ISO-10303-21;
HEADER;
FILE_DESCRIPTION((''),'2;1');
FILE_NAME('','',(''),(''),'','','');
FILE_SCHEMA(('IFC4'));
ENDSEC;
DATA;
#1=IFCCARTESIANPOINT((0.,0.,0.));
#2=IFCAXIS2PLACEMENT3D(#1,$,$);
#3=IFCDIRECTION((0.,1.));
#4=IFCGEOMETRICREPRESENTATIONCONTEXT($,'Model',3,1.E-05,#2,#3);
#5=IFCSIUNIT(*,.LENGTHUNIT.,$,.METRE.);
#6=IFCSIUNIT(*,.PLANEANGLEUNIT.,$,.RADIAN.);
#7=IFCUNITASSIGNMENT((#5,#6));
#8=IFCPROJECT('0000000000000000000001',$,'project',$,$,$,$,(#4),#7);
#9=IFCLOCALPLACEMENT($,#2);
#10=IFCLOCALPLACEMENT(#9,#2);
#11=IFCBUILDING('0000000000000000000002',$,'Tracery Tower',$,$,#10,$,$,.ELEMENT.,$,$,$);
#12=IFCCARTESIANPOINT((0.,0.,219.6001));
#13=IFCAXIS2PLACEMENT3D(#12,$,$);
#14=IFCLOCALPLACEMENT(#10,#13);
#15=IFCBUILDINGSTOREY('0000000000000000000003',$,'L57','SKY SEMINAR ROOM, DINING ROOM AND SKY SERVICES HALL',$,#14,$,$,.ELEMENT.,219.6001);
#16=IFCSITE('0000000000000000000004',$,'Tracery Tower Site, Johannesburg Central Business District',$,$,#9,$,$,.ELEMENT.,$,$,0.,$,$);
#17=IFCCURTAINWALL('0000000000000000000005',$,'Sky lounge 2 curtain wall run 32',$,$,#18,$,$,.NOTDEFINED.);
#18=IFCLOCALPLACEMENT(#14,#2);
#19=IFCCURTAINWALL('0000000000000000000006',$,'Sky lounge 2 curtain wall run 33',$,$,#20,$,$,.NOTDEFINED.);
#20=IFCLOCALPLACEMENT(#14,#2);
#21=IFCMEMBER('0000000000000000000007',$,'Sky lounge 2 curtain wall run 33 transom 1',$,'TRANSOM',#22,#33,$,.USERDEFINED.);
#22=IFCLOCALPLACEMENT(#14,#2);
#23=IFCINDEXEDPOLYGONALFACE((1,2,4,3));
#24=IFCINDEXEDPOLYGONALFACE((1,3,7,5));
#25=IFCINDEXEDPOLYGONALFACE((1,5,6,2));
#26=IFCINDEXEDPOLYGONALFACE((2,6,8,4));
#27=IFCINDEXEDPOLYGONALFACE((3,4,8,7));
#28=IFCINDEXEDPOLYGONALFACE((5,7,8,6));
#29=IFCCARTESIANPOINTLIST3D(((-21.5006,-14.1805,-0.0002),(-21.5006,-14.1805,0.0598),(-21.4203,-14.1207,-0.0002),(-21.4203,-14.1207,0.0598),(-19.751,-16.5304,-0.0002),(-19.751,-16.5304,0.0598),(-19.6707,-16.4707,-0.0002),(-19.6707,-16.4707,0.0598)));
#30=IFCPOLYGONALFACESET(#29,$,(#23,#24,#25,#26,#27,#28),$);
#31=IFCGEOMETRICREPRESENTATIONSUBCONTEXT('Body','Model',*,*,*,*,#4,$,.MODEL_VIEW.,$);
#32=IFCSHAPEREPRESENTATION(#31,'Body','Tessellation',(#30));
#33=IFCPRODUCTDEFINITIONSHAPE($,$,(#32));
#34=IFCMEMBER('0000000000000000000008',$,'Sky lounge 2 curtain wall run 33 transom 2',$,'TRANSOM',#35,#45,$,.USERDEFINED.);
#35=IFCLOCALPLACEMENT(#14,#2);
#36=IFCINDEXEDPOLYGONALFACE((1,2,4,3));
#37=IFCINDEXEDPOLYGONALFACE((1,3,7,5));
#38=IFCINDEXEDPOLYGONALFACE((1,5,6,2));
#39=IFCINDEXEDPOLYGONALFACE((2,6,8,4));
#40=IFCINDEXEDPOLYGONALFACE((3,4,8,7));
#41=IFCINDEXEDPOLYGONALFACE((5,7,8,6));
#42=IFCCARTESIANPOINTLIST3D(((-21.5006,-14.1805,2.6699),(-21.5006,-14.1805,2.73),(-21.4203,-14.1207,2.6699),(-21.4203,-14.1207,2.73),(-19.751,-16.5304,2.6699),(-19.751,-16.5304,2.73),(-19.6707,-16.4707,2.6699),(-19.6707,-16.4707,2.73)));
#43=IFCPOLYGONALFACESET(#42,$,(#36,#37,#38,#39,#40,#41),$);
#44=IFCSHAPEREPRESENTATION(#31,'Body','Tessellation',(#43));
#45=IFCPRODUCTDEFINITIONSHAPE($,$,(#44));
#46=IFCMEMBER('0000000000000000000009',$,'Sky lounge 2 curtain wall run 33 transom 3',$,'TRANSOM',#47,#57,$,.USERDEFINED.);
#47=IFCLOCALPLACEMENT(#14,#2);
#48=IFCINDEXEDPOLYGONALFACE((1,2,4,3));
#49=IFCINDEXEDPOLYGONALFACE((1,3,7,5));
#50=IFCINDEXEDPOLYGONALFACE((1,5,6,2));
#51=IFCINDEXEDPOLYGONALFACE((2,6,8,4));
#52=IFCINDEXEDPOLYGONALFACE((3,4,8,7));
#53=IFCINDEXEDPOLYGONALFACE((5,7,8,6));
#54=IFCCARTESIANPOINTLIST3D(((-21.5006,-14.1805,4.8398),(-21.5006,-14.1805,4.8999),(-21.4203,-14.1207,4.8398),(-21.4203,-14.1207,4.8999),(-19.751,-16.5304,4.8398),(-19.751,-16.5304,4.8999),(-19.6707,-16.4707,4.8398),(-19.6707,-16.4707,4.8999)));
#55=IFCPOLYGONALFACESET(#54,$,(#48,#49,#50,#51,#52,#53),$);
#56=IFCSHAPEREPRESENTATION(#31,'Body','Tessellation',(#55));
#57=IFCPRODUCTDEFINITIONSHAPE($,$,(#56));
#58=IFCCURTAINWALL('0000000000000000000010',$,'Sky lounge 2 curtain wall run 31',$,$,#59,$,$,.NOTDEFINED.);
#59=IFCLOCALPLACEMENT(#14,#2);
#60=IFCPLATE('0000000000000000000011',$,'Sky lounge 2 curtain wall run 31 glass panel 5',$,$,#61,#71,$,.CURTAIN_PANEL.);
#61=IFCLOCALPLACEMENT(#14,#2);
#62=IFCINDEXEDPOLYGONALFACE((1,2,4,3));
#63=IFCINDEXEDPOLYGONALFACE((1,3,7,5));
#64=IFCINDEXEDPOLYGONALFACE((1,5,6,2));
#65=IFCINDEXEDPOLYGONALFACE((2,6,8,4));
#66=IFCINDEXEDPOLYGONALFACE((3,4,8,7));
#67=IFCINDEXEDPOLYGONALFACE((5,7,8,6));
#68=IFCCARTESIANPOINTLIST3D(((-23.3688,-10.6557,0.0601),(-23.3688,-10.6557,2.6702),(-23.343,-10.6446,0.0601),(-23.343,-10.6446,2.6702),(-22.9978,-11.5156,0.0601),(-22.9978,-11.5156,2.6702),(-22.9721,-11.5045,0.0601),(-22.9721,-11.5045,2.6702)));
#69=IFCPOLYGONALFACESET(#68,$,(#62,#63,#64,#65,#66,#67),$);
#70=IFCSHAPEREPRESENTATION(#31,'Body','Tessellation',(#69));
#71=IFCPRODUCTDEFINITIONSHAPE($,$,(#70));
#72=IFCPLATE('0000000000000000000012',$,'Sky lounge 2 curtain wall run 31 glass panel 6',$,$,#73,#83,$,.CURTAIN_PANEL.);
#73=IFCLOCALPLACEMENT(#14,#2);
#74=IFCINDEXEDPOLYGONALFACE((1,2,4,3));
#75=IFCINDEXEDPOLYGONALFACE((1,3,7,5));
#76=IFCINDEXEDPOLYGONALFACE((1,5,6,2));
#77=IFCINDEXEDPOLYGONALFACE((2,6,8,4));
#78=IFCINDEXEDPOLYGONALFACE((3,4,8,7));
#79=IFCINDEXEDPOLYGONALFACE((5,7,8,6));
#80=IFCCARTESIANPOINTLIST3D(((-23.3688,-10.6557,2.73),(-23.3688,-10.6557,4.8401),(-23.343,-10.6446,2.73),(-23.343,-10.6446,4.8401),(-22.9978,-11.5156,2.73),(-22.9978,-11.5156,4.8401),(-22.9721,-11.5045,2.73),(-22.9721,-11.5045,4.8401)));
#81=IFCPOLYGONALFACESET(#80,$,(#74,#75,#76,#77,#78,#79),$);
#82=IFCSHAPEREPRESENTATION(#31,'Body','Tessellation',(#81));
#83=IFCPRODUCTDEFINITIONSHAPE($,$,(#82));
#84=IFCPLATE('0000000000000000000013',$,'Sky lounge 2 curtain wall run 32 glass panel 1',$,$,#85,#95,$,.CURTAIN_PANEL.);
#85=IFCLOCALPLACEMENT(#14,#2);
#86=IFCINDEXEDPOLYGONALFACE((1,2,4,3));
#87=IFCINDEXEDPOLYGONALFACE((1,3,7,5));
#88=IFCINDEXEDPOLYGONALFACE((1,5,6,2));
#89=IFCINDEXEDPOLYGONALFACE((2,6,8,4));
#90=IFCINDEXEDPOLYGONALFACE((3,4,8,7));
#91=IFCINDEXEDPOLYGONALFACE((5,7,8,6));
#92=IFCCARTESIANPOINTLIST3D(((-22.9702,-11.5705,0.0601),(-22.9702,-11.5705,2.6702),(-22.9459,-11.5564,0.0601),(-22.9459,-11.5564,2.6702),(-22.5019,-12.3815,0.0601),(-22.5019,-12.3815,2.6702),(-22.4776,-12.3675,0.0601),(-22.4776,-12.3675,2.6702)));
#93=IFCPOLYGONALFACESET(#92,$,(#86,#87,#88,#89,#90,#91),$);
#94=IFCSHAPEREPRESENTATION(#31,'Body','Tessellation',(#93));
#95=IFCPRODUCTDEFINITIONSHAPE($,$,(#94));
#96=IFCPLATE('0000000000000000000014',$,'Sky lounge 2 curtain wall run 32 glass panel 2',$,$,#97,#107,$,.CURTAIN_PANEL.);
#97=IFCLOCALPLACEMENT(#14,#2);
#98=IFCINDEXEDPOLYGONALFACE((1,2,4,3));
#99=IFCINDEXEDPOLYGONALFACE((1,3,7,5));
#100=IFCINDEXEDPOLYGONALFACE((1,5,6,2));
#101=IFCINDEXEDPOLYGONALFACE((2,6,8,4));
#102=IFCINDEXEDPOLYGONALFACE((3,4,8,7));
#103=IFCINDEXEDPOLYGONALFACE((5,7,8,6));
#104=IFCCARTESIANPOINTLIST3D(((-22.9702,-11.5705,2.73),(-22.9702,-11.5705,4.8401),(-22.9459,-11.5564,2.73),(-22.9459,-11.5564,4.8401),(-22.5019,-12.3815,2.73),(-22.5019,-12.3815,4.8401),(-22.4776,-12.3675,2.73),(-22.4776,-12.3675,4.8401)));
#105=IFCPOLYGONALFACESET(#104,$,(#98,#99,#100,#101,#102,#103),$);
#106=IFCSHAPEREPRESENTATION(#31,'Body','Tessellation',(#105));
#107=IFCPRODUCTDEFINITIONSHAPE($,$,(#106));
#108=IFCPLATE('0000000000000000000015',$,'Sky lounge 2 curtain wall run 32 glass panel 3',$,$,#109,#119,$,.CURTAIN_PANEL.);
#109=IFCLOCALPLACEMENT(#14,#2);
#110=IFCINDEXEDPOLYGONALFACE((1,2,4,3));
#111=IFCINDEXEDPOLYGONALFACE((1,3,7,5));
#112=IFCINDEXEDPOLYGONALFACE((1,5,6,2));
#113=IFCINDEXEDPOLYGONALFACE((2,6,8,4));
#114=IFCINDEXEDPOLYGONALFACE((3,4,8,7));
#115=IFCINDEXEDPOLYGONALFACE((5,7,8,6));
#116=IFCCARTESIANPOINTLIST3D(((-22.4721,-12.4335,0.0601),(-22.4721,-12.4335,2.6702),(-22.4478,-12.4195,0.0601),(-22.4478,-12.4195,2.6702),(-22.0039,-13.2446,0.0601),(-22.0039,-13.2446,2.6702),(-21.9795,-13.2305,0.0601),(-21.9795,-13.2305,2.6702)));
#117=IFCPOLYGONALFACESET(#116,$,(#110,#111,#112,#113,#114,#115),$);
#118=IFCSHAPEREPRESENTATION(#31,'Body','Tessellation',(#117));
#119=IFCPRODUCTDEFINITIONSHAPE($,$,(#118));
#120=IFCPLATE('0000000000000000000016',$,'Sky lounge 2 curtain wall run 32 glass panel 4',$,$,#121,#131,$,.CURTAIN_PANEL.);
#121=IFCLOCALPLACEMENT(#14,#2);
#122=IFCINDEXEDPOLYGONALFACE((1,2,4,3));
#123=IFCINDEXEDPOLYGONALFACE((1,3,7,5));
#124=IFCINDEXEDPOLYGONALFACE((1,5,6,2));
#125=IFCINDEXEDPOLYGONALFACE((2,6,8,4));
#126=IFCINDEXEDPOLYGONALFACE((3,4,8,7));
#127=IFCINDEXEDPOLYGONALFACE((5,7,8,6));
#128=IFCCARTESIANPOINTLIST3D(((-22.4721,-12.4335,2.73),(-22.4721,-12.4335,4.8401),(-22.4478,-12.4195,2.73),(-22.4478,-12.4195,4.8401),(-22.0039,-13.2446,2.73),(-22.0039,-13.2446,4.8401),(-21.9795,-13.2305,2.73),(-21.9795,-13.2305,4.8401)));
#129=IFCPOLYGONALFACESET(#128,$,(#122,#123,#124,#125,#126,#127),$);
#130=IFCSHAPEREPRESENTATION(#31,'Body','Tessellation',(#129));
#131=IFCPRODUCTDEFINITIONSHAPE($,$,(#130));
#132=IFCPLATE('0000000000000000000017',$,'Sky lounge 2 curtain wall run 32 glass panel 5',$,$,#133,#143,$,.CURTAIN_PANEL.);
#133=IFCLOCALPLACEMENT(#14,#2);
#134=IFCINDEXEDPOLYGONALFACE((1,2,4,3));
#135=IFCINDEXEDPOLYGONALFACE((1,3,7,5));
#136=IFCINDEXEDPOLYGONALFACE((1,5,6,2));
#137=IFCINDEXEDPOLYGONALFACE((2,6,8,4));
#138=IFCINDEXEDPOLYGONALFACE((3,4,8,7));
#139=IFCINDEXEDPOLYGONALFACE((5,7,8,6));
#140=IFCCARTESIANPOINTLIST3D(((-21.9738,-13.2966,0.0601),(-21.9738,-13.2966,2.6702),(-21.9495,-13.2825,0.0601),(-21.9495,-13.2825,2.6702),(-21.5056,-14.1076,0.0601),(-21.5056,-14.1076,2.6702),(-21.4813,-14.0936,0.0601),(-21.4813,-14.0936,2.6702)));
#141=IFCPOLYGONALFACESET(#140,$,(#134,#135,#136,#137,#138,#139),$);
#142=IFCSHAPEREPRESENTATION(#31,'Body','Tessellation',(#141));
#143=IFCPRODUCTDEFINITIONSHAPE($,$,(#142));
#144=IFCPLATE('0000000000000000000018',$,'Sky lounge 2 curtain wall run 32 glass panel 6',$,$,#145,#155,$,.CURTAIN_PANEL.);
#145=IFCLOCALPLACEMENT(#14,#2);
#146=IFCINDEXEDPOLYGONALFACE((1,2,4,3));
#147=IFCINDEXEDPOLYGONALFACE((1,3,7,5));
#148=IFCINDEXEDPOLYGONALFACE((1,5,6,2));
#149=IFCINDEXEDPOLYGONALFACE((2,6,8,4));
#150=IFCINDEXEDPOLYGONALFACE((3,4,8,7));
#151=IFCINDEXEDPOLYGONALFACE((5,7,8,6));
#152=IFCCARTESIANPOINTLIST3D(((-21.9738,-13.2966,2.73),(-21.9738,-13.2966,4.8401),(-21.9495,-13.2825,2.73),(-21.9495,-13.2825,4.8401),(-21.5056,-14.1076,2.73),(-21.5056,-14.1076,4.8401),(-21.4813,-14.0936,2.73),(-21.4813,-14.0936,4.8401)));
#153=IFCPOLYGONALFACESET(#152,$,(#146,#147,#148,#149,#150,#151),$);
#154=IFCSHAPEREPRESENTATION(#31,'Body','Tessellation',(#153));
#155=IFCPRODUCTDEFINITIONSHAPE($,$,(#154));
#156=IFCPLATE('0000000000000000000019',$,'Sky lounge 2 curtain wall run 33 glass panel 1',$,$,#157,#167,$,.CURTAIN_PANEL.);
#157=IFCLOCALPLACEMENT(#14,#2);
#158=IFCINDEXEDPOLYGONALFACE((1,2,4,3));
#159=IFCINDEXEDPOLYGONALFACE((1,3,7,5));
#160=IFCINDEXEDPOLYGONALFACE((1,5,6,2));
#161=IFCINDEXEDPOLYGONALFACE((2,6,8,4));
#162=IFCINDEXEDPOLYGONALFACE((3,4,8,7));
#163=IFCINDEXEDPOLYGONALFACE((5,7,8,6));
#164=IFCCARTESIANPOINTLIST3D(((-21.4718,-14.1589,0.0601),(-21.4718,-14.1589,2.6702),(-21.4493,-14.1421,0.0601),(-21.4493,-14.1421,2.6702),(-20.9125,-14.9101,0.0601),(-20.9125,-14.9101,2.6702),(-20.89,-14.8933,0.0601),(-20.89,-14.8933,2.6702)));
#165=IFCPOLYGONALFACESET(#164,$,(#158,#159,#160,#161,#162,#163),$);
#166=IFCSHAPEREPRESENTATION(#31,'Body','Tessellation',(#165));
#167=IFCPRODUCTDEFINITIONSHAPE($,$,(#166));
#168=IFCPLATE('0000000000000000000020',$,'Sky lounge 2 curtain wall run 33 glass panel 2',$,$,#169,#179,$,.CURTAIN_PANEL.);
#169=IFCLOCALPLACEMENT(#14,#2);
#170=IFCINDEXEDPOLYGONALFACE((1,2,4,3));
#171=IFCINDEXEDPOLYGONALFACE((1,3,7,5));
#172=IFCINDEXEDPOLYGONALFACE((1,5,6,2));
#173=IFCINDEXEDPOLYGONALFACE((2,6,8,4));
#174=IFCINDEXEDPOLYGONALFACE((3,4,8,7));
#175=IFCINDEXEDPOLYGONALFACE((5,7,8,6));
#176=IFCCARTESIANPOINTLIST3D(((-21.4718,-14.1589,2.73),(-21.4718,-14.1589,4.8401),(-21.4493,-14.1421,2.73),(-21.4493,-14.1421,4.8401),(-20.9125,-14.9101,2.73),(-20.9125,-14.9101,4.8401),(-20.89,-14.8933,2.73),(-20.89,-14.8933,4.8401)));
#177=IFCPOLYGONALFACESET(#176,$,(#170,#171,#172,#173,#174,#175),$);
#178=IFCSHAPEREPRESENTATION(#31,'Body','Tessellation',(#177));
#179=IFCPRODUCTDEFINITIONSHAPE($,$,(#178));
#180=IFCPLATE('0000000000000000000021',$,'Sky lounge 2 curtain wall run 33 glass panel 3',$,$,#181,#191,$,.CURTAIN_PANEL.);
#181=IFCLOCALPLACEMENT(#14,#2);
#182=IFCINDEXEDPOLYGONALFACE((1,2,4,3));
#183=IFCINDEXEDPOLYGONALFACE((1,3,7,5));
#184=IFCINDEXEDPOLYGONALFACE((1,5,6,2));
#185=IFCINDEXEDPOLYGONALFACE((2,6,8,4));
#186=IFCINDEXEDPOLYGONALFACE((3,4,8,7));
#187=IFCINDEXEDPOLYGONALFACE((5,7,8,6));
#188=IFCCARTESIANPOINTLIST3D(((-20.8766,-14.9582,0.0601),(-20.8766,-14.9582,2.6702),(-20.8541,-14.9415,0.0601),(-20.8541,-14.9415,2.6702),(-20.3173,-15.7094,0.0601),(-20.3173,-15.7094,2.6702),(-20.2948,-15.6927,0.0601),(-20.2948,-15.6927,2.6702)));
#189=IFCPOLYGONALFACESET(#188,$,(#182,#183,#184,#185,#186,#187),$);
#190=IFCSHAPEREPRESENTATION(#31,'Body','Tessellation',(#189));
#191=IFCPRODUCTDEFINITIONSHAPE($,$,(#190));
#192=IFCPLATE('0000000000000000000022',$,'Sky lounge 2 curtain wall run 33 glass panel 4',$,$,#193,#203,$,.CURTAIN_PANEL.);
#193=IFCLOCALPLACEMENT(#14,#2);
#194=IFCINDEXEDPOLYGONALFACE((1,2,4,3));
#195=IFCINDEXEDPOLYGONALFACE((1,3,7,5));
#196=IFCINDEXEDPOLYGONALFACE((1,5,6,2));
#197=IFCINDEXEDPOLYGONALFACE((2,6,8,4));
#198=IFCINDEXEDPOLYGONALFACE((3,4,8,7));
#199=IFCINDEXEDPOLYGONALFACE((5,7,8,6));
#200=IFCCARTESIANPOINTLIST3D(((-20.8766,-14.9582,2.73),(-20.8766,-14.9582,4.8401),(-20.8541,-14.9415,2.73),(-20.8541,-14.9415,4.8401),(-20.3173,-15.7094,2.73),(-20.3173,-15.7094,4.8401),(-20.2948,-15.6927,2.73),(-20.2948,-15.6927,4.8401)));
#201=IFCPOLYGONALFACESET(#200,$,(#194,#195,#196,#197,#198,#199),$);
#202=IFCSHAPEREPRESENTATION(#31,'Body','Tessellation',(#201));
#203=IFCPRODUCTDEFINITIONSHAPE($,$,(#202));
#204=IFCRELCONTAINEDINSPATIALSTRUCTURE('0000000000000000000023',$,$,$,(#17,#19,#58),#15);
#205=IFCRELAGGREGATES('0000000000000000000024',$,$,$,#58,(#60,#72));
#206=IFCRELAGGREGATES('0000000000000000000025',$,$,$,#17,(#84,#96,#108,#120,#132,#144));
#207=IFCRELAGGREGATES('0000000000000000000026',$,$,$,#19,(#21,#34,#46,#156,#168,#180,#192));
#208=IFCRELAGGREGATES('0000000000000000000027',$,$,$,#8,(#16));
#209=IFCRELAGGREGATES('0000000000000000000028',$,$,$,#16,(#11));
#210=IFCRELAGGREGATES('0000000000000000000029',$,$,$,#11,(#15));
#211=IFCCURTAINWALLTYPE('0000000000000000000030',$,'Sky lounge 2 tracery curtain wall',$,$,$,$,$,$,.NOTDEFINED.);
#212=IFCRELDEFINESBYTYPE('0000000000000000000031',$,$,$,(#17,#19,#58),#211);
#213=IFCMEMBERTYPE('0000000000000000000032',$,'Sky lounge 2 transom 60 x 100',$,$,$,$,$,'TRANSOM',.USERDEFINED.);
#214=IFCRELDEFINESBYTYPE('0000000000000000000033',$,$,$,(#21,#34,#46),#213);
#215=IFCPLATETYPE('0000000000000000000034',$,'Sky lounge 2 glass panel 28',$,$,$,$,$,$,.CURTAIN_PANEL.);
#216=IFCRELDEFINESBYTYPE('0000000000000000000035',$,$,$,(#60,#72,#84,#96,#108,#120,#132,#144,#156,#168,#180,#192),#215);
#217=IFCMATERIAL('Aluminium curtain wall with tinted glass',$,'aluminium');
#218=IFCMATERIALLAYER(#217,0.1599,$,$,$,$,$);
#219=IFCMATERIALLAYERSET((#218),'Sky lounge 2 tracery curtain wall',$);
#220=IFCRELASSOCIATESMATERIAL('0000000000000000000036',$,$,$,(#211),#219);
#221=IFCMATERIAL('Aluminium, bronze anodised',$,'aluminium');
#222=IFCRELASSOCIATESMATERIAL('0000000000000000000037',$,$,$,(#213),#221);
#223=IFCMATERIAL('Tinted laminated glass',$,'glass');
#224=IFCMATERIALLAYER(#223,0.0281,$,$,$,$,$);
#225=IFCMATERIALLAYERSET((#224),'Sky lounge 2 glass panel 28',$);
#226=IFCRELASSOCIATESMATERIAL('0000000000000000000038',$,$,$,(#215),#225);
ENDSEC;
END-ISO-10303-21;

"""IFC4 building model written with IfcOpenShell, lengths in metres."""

from ifc_helpers import new_model, si_unit, direction, frame, origin, origin_2d, place, context, subcontext, project, spatial, rectangle, extrude, material, layer, layer_set, material_profile, profile_set, type_object, element, aggregate, save


model = new_model("IFC4")

# Units and contexts
model_context = context("Model", 3, precision=1e-05, world=origin(), true_north=direction((0.0, 1.0)))
body_context = subcontext(model_context, "Body", "Model", "MODEL_VIEW")
ifc_project = project(units=[si_unit("LENGTHUNIT", "METRE"), si_unit("PLANEANGLEUNIT", "RADIAN")], contexts=[model_context])

# Site, building, storey
site_placement = place(None, origin())
site = spatial("IfcSite", under=ifc_project, at=site_placement, Name="Tracery Tower Site, Johannesburg Central Business District", CompositionType="ELEMENT", RefElevation=0.0)
building_placement = place(site_placement, origin())
building = spatial("IfcBuilding", under=site, at=building_placement, Name="Tracery Tower", CompositionType="ELEMENT")
storey_placement = place(building_placement, frame((0.0, 0.0, 219.6001)))
storey = spatial("IfcBuildingStorey", under=building, at=storey_placement, Name="L57", Description="SKY SEMINAR ROOM, DINING ROOM AND SKY SERVICES HALL", CompositionType="ELEMENT", Elevation=219.6001)

# Curtain walls
ifc_material_1 = material(Name="Aluminium curtain wall with tinted glass", Category="aluminium")
ifc_layer_1 = layer(ifc_material_1, 0.1599)
ifc_layer_set_1 = layer_set([ifc_layer_1], Name="Sky lounge 2 tracery curtain wall")
curtain_wall_type = type_object("IfcCurtainWallType", Name="Sky lounge 2 tracery curtain wall", PredefinedType="NOTDEFINED", material=ifc_layer_set_1)
curtain_wall_1_placement = place(storey_placement, origin())
curtain_wall_1 = element("IfcCurtainWall", 1, at=curtain_wall_1_placement, inside=storey, type_object=curtain_wall_type, Name="Sky lounge 2 curtain wall run 32", PredefinedType="NOTDEFINED")
curtain_wall_2_placement = place(storey_placement, origin())
curtain_wall_2 = element("IfcCurtainWall", 2, at=curtain_wall_2_placement, inside=storey, type_object=curtain_wall_type, Name="Sky lounge 2 curtain wall run 33", PredefinedType="NOTDEFINED")

# Members
ifc_material_2 = material(Name="Aluminium, bronze anodised", Category="aluminium")
ifc_material_profile_1 = material_profile(ifc_material_2, rectangle(XDim=0.1001, YDim=0.0601, at=origin_2d()), Name="AL 60x100")
ifc_profile_set_1 = profile_set([ifc_material_profile_1], Name="Aluminium, bronze anodised")
member_type_1 = type_object("IfcMemberType", Name="Sky lounge 2 transom 60 x 100", ElementType="TRANSOM", PredefinedType="USERDEFINED", material=ifc_profile_set_1)
member_1_placement = place(storey_placement, frame((-21.4604, -14.1506, 0.0298), z_axis=(0.597183, -0.802105, 0.0), x_axis=(0.802105, 0.597183, 0.0)))
member_1 = element("IfcMember", 3, at=member_1_placement, type_object=member_type_1, Name="Sky lounge 2 curtain wall run 33 transom 1", ObjectType="TRANSOM", PredefinedType="USERDEFINED", context=body_context, shape_type="SweptSolid", body=[
    extrude(rectangle(XDim=0.1001, YDim=0.0601, at=origin_2d()), origin(), (0.0, 0.0, 1.0), 2.9297),
])
member_2_placement = place(storey_placement, frame((-21.4604, -14.1506, 2.7), z_axis=(0.597183, -0.802105, 0.0), x_axis=(0.802105, 0.597183, 0.0)))
member_2 = element("IfcMember", 4, at=member_2_placement, type_object=member_type_1, Name="Sky lounge 2 curtain wall run 33 transom 2", ObjectType="TRANSOM", PredefinedType="USERDEFINED", context=body_context, shape_type="SweptSolid", body=[
    extrude(rectangle(XDim=0.1001, YDim=0.0601, at=origin_2d()), origin(), (0.0, 0.0, 1.0), 2.9297),
])
member_3_placement = place(storey_placement, frame((-21.4604, -14.1506, 4.8699), z_axis=(0.597183, -0.802105, 0.0), x_axis=(0.802105, 0.597183, 0.0)))
member_3 = element("IfcMember", 5, at=member_3_placement, type_object=member_type_1, Name="Sky lounge 2 curtain wall run 33 transom 3", ObjectType="TRANSOM", PredefinedType="USERDEFINED", context=body_context, shape_type="SweptSolid", body=[
    extrude(rectangle(XDim=0.1001, YDim=0.0601, at=origin_2d()), origin(), (0.0, 0.0, 1.0), 2.9297),
])

# Curtain wall, plates
curtain_wall_3_placement = place(storey_placement, origin())
curtain_wall_3 = element("IfcCurtainWall", 6, at=curtain_wall_3_placement, inside=storey, type_object=curtain_wall_type, Name="Sky lounge 2 curtain wall run 31", PredefinedType="NOTDEFINED")
ifc_material_3 = material(Name="Tinted laminated glass", Category="glass")
ifc_layer_2 = layer(ifc_material_3, 0.0281)
ifc_layer_set_2 = layer_set([ifc_layer_2], Name="Sky lounge 2 glass panel 28")
plate_type = type_object("IfcPlateType", Name="Sky lounge 2 glass panel 28", PredefinedType="CURTAIN_PANEL", material=ifc_layer_set_2)
plate_1_placement = place(storey_placement, frame((-23.1704, -11.0801, 0.0601), z_axis=(0.0, 0.0, 1.0), x_axis=(0.39608, -0.918216, 0.0)))
plate_1 = element("IfcPlate", 7, at=plate_1_placement, type_object=plate_type, Name="Sky lounge 2 curtain wall run 31 glass panel 5", PredefinedType="CURTAIN_PANEL", context=body_context, shape_type="SweptSolid", body=[
    extrude(rectangle(XDim=0.9365, YDim=0.0281, at=origin_2d()), origin(), (0.0, 0.0, 1.0), 2.6101),
])
plate_2_placement = place(storey_placement, frame((-23.1704, -11.0801, 2.73), z_axis=(0.0, 0.0, 1.0), x_axis=(0.39608, -0.918216, 0.0)))
plate_2 = element("IfcPlate", 8, at=plate_2_placement, type_object=plate_type, Name="Sky lounge 2 curtain wall run 31 glass panel 6", PredefinedType="CURTAIN_PANEL", context=body_context, shape_type="SweptSolid", body=[
    extrude(rectangle(XDim=0.9365, YDim=0.0281, at=origin_2d()), origin(), (0.0, 0.0, 1.0), 2.1101),
])
aggregate(curtain_wall_3, [plate_1, plate_2])

# Plates
plate_3_placement = place(storey_placement, frame((-22.7239, -11.969, 0.0601), z_axis=(0.0, 0.0, 1.0), x_axis=(0.5, -0.866025, 0.0)))
plate_3 = element("IfcPlate", 9, at=plate_3_placement, type_object=plate_type, Name="Sky lounge 2 curtain wall run 32 glass panel 1", PredefinedType="CURTAIN_PANEL", context=body_context, shape_type="SweptSolid", body=[
    extrude(rectangle(XDim=0.9365, YDim=0.0281, at=origin_2d()), origin(), (0.0, 0.0, 1.0), 2.6101),
])
plate_4_placement = place(storey_placement, frame((-22.7239, -11.969, 2.73), z_axis=(0.0, 0.0, 1.0), x_axis=(0.5, -0.866025, 0.0)))
plate_4 = element("IfcPlate", 10, at=plate_4_placement, type_object=plate_type, Name="Sky lounge 2 curtain wall run 32 glass panel 2", PredefinedType="CURTAIN_PANEL", context=body_context, shape_type="SweptSolid", body=[
    extrude(rectangle(XDim=0.9365, YDim=0.0281, at=origin_2d()), origin(), (0.0, 0.0, 1.0), 2.1101),
])
plate_5_placement = place(storey_placement, frame((-22.2258, -12.832, 0.0601), z_axis=(0.0, 0.0, 1.0), x_axis=(0.5, -0.866025, 0.0)))
plate_5 = element("IfcPlate", 11, at=plate_5_placement, type_object=plate_type, Name="Sky lounge 2 curtain wall run 32 glass panel 3", PredefinedType="CURTAIN_PANEL", context=body_context, shape_type="SweptSolid", body=[
    extrude(rectangle(XDim=0.9365, YDim=0.0281, at=origin_2d()), origin(), (0.0, 0.0, 1.0), 2.6101),
])
plate_6_placement = place(storey_placement, frame((-22.2258, -12.832, 2.73), z_axis=(0.0, 0.0, 1.0), x_axis=(0.5, -0.866025, 0.0)))
plate_6 = element("IfcPlate", 12, at=plate_6_placement, type_object=plate_type, Name="Sky lounge 2 curtain wall run 32 glass panel 4", PredefinedType="CURTAIN_PANEL", context=body_context, shape_type="SweptSolid", body=[
    extrude(rectangle(XDim=0.9365, YDim=0.0281, at=origin_2d()), origin(), (0.0, 0.0, 1.0), 2.1101),
])
plate_7_placement = place(storey_placement, frame((-21.7275, -13.6951, 0.0601), z_axis=(0.0, 0.0, 1.0), x_axis=(0.5, -0.866025, 0.0)))
plate_7 = element("IfcPlate", 13, at=plate_7_placement, type_object=plate_type, Name="Sky lounge 2 curtain wall run 32 glass panel 5", PredefinedType="CURTAIN_PANEL", context=body_context, shape_type="SweptSolid", body=[
    extrude(rectangle(XDim=0.9365, YDim=0.0281, at=origin_2d()), origin(), (0.0, 0.0, 1.0), 2.6101),
])
plate_8_placement = place(storey_placement, frame((-21.7275, -13.6951, 2.73), z_axis=(0.0, 0.0, 1.0), x_axis=(0.5, -0.866025, 0.0)))
plate_8 = element("IfcPlate", 14, at=plate_8_placement, type_object=plate_type, Name="Sky lounge 2 curtain wall run 32 glass panel 6", PredefinedType="CURTAIN_PANEL", context=body_context, shape_type="SweptSolid", body=[
    extrude(rectangle(XDim=0.9365, YDim=0.0281, at=origin_2d()), origin(), (0.0, 0.0, 1.0), 2.1101),
])
aggregate(curtain_wall_1, [plate_3, plate_4, plate_5, plate_6, plate_7, plate_8])
plate_9_placement = place(storey_placement, frame((-21.1809, -14.5261, 0.0601), z_axis=(0.0, 0.0, 1.0), x_axis=(0.597159, -0.802123, 0.0)))
plate_9 = element("IfcPlate", 15, at=plate_9_placement, type_object=plate_type, Name="Sky lounge 2 curtain wall run 33 glass panel 1", PredefinedType="CURTAIN_PANEL", context=body_context, shape_type="SweptSolid", body=[
    extrude(rectangle(XDim=0.9365, YDim=0.0281, at=origin_2d()), origin(), (0.0, 0.0, 1.0), 2.6101),
])
plate_10_placement = place(storey_placement, frame((-21.1809, -14.5261, 2.73), z_axis=(0.0, 0.0, 1.0), x_axis=(0.597159, -0.802123, 0.0)))
plate_10 = element("IfcPlate", 16, at=plate_10_placement, type_object=plate_type, Name="Sky lounge 2 curtain wall run 33 glass panel 2", PredefinedType="CURTAIN_PANEL", context=body_context, shape_type="SweptSolid", body=[
    extrude(rectangle(XDim=0.9365, YDim=0.0281, at=origin_2d()), origin(), (0.0, 0.0, 1.0), 2.1101),
])
plate_11_placement = place(storey_placement, frame((-20.5857, -15.3254, 0.0601), z_axis=(0.0, 0.0, 1.0), x_axis=(0.597159, -0.802123, 0.0)))
plate_11 = element("IfcPlate", 17, at=plate_11_placement, type_object=plate_type, Name="Sky lounge 2 curtain wall run 33 glass panel 3", PredefinedType="CURTAIN_PANEL", context=body_context, shape_type="SweptSolid", body=[
    extrude(rectangle(XDim=0.9365, YDim=0.0281, at=origin_2d()), origin(), (0.0, 0.0, 1.0), 2.6101),
])
plate_12_placement = place(storey_placement, frame((-20.5857, -15.3254, 2.73), z_axis=(0.0, 0.0, 1.0), x_axis=(0.597159, -0.802123, 0.0)))
plate_12 = element("IfcPlate", 18, at=plate_12_placement, type_object=plate_type, Name="Sky lounge 2 curtain wall run 33 glass panel 4", PredefinedType="CURTAIN_PANEL", context=body_context, shape_type="SweptSolid", body=[
    extrude(rectangle(XDim=0.9365, YDim=0.0281, at=origin_2d()), origin(), (0.0, 0.0, 1.0), 2.1101),
])
aggregate(curtain_wall_2, [member_1, member_2, member_3, plate_9, plate_10, plate_11, plate_12])

save(model, "model.ifc")
